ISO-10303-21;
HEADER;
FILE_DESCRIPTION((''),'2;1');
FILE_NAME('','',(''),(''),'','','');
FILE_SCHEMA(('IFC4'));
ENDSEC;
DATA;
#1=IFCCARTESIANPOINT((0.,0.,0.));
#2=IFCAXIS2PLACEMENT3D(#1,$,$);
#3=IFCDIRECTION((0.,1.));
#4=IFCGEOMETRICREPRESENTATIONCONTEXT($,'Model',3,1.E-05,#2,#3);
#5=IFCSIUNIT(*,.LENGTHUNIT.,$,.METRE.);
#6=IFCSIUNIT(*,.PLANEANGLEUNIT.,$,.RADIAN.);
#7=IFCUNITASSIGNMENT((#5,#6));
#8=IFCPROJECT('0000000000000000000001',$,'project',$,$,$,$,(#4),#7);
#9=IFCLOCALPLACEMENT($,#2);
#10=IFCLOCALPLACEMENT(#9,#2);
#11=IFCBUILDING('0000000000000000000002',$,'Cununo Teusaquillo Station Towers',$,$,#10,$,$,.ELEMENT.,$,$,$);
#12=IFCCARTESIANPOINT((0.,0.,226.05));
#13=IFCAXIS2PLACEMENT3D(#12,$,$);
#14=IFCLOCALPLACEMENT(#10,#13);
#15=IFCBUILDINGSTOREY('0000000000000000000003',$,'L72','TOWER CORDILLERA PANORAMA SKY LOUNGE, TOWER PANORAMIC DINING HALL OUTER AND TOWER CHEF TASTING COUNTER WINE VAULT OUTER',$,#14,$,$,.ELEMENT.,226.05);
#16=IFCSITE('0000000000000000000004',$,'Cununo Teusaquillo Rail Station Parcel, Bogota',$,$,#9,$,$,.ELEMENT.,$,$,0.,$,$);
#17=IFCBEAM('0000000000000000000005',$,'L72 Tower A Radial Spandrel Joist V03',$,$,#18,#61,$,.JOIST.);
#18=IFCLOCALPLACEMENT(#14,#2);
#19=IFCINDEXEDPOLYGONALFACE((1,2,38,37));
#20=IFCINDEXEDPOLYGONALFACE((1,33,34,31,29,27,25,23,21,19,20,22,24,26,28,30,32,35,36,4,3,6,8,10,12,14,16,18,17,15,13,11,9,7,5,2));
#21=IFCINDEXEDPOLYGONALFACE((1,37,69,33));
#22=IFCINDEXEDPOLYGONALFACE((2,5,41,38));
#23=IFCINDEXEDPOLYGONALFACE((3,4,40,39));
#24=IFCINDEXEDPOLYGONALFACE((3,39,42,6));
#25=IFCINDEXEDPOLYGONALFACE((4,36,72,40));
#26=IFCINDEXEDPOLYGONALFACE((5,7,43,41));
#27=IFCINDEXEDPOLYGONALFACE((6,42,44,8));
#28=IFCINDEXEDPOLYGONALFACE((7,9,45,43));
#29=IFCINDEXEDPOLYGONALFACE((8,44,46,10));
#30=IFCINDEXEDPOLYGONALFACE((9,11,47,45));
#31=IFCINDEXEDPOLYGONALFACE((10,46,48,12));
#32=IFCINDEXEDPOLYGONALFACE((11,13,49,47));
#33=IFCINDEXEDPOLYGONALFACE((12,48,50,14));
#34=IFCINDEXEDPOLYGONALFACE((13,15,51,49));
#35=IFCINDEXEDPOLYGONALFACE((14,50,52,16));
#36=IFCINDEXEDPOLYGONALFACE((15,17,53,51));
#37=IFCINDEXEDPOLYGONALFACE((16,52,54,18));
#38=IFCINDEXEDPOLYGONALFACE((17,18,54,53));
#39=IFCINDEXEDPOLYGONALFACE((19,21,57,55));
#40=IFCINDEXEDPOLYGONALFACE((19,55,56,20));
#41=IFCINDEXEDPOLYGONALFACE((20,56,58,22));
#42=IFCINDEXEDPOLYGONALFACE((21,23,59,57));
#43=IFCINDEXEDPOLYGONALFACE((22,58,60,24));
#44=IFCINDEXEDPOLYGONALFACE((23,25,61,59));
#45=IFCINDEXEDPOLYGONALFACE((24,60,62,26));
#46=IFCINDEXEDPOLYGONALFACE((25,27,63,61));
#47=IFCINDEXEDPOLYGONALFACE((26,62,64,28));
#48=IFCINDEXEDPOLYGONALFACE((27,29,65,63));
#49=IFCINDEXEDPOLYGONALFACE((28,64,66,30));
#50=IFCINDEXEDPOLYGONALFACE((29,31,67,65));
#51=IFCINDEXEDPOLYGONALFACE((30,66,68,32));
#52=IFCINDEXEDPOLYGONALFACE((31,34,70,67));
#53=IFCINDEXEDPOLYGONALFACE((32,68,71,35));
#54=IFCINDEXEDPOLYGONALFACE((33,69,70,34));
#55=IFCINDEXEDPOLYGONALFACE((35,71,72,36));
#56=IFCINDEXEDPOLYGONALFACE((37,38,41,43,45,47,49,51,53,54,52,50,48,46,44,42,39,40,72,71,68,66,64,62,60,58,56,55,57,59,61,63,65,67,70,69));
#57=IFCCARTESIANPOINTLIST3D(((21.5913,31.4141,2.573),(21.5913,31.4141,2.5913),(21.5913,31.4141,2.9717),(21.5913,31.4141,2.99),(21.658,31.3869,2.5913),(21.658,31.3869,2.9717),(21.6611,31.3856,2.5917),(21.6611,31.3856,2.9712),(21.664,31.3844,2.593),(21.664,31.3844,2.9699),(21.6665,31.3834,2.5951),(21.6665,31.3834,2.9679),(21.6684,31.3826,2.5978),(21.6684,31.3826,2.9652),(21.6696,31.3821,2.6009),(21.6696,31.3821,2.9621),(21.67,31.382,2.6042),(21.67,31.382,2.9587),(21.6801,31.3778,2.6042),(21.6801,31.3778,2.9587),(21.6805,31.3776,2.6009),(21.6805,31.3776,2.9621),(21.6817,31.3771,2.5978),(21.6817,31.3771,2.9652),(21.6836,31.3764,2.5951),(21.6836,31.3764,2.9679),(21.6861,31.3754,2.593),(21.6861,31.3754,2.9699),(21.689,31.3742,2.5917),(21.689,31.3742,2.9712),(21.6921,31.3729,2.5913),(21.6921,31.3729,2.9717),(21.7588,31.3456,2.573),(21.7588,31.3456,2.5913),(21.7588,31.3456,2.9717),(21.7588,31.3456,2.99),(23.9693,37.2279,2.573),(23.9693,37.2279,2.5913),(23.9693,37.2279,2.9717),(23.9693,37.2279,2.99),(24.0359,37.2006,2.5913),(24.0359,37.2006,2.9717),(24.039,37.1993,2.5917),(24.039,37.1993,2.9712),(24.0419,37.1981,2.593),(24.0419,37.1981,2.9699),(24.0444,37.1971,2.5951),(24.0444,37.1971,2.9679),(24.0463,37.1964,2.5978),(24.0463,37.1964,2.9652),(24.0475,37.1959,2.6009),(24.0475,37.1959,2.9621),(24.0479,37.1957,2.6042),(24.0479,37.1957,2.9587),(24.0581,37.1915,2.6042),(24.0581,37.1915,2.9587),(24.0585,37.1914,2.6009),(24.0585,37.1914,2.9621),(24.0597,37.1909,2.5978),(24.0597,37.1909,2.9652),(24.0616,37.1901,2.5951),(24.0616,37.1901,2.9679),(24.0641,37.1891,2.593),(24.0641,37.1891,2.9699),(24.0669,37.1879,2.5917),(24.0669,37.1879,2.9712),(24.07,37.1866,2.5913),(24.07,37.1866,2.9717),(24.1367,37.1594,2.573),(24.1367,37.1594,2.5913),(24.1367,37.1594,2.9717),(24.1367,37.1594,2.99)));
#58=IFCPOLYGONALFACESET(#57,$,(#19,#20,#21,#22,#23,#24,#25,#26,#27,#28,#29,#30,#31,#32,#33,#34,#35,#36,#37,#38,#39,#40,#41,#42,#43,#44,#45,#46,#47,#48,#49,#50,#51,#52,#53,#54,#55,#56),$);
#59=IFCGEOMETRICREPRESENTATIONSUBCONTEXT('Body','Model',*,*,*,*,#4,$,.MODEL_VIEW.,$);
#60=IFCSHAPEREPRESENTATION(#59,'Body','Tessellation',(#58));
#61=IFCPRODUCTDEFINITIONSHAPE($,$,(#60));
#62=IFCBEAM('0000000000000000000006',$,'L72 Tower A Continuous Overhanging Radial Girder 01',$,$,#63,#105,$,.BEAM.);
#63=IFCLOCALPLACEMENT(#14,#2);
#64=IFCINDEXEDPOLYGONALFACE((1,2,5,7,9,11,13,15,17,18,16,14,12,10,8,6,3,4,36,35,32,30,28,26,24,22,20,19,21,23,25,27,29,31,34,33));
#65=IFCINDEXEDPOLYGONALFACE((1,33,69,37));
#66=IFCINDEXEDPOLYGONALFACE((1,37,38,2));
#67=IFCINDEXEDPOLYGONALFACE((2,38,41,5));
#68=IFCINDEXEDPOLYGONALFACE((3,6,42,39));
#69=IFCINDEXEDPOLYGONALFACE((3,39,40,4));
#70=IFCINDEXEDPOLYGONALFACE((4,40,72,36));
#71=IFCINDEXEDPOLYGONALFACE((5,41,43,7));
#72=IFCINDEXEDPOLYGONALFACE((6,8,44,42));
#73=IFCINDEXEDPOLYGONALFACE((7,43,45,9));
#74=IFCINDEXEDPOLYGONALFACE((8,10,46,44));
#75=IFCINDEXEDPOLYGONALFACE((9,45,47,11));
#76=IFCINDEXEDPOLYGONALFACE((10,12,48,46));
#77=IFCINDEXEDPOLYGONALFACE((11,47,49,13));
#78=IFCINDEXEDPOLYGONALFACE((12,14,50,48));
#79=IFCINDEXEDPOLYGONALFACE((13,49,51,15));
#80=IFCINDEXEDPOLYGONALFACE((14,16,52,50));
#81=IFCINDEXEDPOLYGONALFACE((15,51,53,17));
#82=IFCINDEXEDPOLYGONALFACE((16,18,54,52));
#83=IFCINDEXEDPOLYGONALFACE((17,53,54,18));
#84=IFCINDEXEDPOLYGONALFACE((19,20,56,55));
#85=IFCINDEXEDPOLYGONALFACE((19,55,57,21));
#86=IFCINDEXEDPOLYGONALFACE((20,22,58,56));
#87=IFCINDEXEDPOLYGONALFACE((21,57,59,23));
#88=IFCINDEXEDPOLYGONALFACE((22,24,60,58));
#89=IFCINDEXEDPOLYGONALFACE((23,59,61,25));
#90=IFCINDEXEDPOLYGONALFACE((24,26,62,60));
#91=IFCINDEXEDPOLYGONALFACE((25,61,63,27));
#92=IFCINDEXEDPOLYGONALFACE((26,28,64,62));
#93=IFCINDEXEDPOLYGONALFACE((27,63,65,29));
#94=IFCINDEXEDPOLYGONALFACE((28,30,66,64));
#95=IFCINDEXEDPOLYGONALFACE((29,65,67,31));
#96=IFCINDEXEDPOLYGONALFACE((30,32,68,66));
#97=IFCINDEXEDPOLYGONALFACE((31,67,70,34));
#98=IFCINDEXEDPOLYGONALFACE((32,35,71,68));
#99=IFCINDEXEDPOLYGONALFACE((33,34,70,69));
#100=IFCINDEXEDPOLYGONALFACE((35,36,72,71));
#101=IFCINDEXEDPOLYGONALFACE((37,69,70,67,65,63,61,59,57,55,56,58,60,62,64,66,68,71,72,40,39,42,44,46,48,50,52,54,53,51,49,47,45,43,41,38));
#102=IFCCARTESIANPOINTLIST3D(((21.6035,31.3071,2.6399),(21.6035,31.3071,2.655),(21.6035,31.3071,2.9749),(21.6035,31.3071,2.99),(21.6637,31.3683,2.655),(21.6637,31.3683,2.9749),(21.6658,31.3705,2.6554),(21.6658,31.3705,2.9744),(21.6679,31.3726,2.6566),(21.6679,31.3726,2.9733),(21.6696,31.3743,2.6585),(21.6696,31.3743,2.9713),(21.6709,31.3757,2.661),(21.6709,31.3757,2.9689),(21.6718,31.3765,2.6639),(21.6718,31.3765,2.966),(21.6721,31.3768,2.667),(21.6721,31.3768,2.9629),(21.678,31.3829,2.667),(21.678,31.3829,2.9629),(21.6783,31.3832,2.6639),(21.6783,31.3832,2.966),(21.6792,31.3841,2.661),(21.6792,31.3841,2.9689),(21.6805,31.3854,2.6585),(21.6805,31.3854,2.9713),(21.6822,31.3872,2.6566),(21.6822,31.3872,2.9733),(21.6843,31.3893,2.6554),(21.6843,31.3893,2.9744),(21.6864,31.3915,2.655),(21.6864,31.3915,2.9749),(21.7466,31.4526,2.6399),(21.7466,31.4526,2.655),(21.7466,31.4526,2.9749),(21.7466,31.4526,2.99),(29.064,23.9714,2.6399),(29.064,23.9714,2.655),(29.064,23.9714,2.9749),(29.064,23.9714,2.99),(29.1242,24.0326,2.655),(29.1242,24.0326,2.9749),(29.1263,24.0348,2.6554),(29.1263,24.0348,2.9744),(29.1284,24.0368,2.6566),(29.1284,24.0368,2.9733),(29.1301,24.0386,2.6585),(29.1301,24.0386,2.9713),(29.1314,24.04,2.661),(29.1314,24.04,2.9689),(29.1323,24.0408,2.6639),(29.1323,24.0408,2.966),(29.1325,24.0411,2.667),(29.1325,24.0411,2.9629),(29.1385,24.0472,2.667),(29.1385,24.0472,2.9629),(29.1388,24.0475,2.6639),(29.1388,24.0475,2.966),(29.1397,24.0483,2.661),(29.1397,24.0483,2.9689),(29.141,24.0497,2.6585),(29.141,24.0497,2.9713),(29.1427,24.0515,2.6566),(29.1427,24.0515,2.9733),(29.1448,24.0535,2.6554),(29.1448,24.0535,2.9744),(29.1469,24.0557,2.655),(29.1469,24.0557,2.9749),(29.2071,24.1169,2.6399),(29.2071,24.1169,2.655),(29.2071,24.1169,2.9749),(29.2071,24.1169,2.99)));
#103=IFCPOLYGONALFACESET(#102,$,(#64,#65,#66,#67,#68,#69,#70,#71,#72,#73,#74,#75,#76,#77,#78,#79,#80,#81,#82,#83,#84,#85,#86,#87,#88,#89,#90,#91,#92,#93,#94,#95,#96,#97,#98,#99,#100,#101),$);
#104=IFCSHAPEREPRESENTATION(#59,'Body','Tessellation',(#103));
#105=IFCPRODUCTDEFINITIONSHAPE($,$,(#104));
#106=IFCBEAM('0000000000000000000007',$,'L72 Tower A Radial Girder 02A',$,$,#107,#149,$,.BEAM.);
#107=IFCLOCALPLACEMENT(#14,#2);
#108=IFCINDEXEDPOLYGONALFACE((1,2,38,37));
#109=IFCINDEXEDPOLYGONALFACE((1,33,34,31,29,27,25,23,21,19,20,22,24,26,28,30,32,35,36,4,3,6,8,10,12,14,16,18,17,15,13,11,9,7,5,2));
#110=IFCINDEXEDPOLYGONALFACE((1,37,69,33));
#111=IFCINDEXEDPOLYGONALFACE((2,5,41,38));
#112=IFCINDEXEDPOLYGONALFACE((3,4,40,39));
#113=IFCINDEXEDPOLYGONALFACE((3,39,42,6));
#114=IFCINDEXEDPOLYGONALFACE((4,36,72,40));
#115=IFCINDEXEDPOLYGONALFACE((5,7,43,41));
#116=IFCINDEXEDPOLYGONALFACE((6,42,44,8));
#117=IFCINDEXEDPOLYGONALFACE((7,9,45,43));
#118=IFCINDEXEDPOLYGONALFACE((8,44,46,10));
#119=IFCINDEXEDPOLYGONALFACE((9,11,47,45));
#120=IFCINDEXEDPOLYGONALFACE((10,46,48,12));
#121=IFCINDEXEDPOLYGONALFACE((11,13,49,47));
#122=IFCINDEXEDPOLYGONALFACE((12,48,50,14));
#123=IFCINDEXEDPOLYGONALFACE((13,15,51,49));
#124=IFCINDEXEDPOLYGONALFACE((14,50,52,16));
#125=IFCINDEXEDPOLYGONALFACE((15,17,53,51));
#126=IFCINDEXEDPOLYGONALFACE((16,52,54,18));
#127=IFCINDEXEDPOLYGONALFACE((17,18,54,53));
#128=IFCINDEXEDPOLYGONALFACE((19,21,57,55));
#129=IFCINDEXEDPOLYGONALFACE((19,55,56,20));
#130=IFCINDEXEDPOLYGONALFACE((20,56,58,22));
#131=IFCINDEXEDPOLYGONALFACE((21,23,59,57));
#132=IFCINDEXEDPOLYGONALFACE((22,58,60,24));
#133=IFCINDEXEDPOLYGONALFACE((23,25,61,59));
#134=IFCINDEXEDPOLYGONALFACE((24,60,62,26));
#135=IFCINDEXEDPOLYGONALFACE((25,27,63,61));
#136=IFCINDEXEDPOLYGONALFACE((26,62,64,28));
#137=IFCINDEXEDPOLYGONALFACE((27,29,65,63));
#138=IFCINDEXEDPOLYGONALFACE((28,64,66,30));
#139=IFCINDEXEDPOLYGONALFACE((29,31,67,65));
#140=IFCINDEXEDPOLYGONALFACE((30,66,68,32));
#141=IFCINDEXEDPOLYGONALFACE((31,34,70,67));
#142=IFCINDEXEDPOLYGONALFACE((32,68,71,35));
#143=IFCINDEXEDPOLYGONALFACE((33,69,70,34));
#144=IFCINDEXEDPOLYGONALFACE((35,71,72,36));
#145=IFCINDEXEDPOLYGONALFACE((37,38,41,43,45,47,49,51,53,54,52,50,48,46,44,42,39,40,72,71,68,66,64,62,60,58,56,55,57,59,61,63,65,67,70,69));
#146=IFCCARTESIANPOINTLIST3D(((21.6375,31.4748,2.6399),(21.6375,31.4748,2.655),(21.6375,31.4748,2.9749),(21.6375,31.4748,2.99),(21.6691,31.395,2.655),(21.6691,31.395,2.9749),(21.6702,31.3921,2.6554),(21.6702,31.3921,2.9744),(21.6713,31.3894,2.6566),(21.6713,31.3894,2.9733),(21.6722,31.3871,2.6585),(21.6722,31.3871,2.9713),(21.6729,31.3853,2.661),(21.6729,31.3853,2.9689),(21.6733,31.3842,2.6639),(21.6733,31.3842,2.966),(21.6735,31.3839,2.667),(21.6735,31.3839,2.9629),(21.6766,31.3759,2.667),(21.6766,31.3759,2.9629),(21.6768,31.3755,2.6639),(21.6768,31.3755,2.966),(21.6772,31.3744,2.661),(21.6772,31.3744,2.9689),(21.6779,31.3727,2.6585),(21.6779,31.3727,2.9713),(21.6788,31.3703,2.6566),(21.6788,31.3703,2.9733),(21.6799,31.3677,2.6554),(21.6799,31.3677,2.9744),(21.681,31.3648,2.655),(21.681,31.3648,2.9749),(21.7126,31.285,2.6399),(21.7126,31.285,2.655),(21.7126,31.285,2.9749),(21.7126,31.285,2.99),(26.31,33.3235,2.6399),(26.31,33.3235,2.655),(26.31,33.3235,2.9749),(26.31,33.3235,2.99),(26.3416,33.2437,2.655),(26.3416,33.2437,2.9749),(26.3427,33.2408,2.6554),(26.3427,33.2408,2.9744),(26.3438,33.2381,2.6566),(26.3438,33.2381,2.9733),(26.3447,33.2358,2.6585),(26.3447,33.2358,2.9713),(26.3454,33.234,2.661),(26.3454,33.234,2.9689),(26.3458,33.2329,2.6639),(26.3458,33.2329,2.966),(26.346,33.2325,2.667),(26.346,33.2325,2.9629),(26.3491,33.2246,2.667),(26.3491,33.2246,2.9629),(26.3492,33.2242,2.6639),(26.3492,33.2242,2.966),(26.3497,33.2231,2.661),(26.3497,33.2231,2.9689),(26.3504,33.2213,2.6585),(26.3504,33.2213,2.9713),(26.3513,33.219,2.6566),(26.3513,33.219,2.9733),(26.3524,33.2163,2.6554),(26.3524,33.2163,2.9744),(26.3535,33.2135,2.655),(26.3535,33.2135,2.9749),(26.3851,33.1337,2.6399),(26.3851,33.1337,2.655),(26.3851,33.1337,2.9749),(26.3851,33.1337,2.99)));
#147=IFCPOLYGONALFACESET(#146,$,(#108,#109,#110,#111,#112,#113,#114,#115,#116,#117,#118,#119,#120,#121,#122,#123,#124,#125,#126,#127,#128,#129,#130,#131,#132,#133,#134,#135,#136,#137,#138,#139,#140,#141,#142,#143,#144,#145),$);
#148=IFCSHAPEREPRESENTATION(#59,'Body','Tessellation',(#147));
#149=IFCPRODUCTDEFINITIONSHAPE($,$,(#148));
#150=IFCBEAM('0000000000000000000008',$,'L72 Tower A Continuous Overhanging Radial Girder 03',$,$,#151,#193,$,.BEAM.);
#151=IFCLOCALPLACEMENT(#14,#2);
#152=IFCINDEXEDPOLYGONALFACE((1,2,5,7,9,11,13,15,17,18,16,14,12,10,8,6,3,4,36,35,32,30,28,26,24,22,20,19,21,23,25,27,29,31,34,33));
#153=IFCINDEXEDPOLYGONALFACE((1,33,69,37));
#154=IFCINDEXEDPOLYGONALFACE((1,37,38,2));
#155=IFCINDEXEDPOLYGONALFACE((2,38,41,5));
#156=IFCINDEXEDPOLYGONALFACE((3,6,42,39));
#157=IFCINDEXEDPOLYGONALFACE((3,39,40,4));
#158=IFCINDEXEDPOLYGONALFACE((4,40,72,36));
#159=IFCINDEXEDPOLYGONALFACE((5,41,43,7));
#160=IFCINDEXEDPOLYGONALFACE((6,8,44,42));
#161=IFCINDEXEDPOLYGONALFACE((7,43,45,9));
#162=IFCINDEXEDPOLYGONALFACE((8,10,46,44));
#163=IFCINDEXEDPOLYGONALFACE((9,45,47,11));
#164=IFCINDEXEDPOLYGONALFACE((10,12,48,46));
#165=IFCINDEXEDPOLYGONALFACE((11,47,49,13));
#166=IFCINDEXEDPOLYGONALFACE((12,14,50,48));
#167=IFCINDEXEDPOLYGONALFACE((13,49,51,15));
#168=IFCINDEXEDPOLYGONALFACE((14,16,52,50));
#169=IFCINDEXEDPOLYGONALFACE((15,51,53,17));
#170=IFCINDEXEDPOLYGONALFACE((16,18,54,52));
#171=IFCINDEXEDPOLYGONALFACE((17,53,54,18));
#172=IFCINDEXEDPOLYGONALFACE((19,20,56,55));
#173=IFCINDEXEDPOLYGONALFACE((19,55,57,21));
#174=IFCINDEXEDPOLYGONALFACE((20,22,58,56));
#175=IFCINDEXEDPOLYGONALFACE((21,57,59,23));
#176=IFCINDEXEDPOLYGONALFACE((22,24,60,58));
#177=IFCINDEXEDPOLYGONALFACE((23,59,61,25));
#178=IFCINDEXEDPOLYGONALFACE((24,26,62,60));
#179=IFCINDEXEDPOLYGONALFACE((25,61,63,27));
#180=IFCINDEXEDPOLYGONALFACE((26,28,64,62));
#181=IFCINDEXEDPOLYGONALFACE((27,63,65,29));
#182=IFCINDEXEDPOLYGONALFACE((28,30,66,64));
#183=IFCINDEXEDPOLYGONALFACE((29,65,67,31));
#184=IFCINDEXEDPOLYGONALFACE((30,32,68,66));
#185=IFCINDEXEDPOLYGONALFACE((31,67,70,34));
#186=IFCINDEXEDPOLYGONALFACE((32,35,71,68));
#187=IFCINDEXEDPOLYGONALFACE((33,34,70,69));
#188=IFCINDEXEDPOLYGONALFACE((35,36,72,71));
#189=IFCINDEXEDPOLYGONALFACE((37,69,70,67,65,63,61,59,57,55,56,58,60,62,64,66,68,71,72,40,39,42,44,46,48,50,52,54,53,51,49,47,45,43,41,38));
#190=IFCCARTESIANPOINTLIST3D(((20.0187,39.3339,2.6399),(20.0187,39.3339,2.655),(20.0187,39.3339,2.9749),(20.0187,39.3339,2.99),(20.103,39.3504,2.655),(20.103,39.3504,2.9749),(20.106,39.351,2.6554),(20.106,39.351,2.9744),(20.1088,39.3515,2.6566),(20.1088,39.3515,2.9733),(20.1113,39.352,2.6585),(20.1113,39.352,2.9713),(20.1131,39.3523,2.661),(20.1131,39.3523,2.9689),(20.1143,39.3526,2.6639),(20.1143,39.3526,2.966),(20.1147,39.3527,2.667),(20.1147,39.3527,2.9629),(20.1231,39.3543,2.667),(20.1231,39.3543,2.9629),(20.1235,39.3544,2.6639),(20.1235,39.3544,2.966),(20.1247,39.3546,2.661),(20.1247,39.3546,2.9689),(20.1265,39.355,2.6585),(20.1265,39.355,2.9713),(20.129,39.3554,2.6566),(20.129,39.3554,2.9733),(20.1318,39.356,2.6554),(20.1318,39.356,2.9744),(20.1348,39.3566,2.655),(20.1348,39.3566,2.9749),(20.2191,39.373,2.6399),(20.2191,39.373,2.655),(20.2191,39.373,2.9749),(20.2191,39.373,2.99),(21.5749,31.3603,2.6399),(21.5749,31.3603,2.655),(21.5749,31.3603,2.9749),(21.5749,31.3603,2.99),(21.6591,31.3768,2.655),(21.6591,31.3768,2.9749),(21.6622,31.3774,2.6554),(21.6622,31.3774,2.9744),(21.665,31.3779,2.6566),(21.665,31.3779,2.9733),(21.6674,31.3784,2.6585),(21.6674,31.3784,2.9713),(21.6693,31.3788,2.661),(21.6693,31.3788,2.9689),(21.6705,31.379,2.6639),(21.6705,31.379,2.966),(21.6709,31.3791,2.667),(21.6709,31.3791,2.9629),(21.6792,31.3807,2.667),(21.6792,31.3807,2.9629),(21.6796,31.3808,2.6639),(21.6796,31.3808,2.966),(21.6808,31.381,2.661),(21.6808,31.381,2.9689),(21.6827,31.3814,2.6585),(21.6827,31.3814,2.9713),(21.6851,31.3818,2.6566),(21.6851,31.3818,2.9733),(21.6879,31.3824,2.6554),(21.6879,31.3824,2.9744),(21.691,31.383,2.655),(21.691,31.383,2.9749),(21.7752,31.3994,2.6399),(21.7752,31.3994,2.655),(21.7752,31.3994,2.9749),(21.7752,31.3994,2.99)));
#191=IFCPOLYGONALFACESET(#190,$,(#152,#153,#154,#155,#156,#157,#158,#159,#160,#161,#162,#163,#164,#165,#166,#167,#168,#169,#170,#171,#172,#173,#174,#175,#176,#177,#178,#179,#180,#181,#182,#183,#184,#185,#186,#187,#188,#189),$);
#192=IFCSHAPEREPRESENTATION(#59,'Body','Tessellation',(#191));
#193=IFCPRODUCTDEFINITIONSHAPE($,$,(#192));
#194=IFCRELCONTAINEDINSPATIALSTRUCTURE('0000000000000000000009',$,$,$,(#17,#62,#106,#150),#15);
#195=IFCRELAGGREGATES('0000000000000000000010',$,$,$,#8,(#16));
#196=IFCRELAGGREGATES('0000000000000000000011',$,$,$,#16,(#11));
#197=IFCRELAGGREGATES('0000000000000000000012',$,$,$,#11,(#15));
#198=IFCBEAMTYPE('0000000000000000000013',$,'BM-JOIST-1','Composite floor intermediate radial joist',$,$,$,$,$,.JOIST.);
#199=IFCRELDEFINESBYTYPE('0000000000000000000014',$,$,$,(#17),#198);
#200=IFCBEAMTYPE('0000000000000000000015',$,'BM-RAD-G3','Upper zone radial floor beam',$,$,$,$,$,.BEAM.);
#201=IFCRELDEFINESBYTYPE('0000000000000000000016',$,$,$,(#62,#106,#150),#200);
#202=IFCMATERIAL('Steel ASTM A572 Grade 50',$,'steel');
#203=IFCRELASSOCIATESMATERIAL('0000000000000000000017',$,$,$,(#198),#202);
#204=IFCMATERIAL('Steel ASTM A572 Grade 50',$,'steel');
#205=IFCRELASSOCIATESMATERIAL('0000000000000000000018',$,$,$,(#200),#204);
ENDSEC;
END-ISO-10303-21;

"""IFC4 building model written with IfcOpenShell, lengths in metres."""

from ifc_helpers import new_model, si_unit, direction, frame, origin, origin_2d, place, context, subcontext, project, spatial, i_section, extrude, material, material_profile, profile_set, type_object, element, save


model = new_model("IFC4")

# Units and contexts
model_context = context("Model", 3, precision=1e-05, world=origin(), true_north=direction((0.0, 1.0)))
body_context = subcontext(model_context, "Body", "Model", "MODEL_VIEW")
ifc_project = project(units=[si_unit("LENGTHUNIT", "METRE"), si_unit("PLANEANGLEUNIT", "RADIAN")], contexts=[model_context])

# Site, building, storey
site_placement = place(None, origin())
site = spatial("IfcSite", under=ifc_project, at=site_placement, Name="Cununo Teusaquillo Rail Station Parcel, Bogota", CompositionType="ELEMENT", RefElevation=0.0)
building_placement = place(site_placement, origin())
building = spatial("IfcBuilding", under=site, at=building_placement, Name="Cununo Teusaquillo Station Towers", CompositionType="ELEMENT")
storey_placement = place(building_placement, frame((0.0, 0.0, 226.05)))
storey = spatial("IfcBuildingStorey", under=building, at=storey_placement, Name="L72", Description="TOWER CORDILLERA PANORAMA SKY LOUNGE, TOWER PANORAMIC DINING HALL OUTER AND TOWER CHEF TASTING COUNTER WINE VAULT OUTER", CompositionType="ELEMENT", Elevation=226.05)

# Beams
ifc_material_1 = material(Name="Steel ASTM A572 Grade 50", Category="steel")
ifc_material_profile_1 = material_profile(ifc_material_1, i_section(OverallWidth=0.1809, OverallDepth=0.417, WebThickness=0.011, FlangeThickness=0.0183, FilletRadius=0.0129, at=origin_2d()), Name="W16X57")
ifc_profile_set_1 = profile_set([ifc_material_profile_1], Name="Steel ASTM A572 Grade 50")
beam_type_1 = type_object("IfcBeamType", Name="BM-JOIST-1", Description="Composite floor intermediate radial joist", PredefinedType="JOIST", material=ifc_profile_set_1)
beam_1_placement = place(storey_placement, frame((21.675, 31.3799, 2.7815), z_axis=(0.378577, 0.92557, 0.0), x_axis=(-0.92557, 0.378577, 0.0)))
element("IfcBeam", 1, at=beam_1_placement, inside=storey, type_object=beam_type_1, Name="L72 Tower A Radial Spandrel Joist V03", PredefinedType="JOIST", context=body_context, shape_type="SweptSolid", body=[
    extrude(i_section(OverallWidth=0.1809, OverallDepth=0.417, WebThickness=0.011, FlangeThickness=0.0183, FilletRadius=0.0129, at=origin_2d()), origin(), (0.0, 0.0, 1.0), 6.2812),
])
ifc_material_2 = material(Name="Steel ASTM A572 Grade 50", Category="steel")
ifc_material_profile_2 = material_profile(ifc_material_2, i_section(OverallWidth=0.2041, OverallDepth=0.3501, WebThickness=0.0085, FlangeThickness=0.0151, FilletRadius=0.012, at=origin_2d()), Name="W14X48")
ifc_profile_set_2 = profile_set([ifc_material_profile_2], Name="Steel ASTM A572 Grade 50")
beam_type_2 = type_object("IfcBeamType", Name="BM-RAD-G3", Description="Upper zone radial floor beam", PredefinedType="BEAM", material=ifc_profile_set_2)
beam_2_placement = place(storey_placement, frame((21.675, 31.3799, 2.8149), z_axis=(0.713044, -0.70112, 0.0), x_axis=(0.70112, 0.713044, 0.0)))
element("IfcBeam", 2, at=beam_2_placement, inside=storey, type_object=beam_type_2, Name="L72 Tower A Continuous Overhanging Radial Girder 01", PredefinedType="BEAM", context=body_context, shape_type="SweptSolid", body=[
    extrude(i_section(OverallWidth=0.2041, OverallDepth=0.3501, WebThickness=0.0085, FlangeThickness=0.0151, FilletRadius=0.012, at=origin_2d()), origin(), (0.0, 0.0, 1.0), 10.4629),
])
beam_3_placement = place(storey_placement, frame((21.675, 31.3799, 2.8149), z_axis=(0.929864, 0.367903, 0.0), x_axis=(-0.367903, 0.929864, 0.0)))
element("IfcBeam", 3, at=beam_3_placement, inside=storey, type_object=beam_type_2, Name="L72 Tower A Radial Girder 02A", PredefinedType="BEAM", context=body_context, shape_type="SweptSolid", body=[
    extrude(i_section(OverallWidth=0.2041, OverallDepth=0.3501, WebThickness=0.0085, FlangeThickness=0.0151, FilletRadius=0.012, at=origin_2d()), origin(), (0.0, 0.0, 1.0), 5.0249),
])
beam_4_placement = place(storey_placement, frame((21.675, 31.3799, 2.8149), z_axis=(-0.191548, 0.981483, 0.0), x_axis=(-0.981483, -0.191548, 0.0)))
element("IfcBeam", 4, at=beam_4_placement, inside=storey, type_object=beam_type_2, Name="L72 Tower A Continuous Overhanging Radial Girder 03", PredefinedType="BEAM", context=body_context, shape_type="SweptSolid", body=[
    extrude(i_section(OverallWidth=0.2041, OverallDepth=0.3501, WebThickness=0.0085, FlangeThickness=0.0151, FilletRadius=0.012, at=origin_2d()), origin(), (0.0, 0.0, 1.0), 8.124),
])

save(model, "model.ifc")
